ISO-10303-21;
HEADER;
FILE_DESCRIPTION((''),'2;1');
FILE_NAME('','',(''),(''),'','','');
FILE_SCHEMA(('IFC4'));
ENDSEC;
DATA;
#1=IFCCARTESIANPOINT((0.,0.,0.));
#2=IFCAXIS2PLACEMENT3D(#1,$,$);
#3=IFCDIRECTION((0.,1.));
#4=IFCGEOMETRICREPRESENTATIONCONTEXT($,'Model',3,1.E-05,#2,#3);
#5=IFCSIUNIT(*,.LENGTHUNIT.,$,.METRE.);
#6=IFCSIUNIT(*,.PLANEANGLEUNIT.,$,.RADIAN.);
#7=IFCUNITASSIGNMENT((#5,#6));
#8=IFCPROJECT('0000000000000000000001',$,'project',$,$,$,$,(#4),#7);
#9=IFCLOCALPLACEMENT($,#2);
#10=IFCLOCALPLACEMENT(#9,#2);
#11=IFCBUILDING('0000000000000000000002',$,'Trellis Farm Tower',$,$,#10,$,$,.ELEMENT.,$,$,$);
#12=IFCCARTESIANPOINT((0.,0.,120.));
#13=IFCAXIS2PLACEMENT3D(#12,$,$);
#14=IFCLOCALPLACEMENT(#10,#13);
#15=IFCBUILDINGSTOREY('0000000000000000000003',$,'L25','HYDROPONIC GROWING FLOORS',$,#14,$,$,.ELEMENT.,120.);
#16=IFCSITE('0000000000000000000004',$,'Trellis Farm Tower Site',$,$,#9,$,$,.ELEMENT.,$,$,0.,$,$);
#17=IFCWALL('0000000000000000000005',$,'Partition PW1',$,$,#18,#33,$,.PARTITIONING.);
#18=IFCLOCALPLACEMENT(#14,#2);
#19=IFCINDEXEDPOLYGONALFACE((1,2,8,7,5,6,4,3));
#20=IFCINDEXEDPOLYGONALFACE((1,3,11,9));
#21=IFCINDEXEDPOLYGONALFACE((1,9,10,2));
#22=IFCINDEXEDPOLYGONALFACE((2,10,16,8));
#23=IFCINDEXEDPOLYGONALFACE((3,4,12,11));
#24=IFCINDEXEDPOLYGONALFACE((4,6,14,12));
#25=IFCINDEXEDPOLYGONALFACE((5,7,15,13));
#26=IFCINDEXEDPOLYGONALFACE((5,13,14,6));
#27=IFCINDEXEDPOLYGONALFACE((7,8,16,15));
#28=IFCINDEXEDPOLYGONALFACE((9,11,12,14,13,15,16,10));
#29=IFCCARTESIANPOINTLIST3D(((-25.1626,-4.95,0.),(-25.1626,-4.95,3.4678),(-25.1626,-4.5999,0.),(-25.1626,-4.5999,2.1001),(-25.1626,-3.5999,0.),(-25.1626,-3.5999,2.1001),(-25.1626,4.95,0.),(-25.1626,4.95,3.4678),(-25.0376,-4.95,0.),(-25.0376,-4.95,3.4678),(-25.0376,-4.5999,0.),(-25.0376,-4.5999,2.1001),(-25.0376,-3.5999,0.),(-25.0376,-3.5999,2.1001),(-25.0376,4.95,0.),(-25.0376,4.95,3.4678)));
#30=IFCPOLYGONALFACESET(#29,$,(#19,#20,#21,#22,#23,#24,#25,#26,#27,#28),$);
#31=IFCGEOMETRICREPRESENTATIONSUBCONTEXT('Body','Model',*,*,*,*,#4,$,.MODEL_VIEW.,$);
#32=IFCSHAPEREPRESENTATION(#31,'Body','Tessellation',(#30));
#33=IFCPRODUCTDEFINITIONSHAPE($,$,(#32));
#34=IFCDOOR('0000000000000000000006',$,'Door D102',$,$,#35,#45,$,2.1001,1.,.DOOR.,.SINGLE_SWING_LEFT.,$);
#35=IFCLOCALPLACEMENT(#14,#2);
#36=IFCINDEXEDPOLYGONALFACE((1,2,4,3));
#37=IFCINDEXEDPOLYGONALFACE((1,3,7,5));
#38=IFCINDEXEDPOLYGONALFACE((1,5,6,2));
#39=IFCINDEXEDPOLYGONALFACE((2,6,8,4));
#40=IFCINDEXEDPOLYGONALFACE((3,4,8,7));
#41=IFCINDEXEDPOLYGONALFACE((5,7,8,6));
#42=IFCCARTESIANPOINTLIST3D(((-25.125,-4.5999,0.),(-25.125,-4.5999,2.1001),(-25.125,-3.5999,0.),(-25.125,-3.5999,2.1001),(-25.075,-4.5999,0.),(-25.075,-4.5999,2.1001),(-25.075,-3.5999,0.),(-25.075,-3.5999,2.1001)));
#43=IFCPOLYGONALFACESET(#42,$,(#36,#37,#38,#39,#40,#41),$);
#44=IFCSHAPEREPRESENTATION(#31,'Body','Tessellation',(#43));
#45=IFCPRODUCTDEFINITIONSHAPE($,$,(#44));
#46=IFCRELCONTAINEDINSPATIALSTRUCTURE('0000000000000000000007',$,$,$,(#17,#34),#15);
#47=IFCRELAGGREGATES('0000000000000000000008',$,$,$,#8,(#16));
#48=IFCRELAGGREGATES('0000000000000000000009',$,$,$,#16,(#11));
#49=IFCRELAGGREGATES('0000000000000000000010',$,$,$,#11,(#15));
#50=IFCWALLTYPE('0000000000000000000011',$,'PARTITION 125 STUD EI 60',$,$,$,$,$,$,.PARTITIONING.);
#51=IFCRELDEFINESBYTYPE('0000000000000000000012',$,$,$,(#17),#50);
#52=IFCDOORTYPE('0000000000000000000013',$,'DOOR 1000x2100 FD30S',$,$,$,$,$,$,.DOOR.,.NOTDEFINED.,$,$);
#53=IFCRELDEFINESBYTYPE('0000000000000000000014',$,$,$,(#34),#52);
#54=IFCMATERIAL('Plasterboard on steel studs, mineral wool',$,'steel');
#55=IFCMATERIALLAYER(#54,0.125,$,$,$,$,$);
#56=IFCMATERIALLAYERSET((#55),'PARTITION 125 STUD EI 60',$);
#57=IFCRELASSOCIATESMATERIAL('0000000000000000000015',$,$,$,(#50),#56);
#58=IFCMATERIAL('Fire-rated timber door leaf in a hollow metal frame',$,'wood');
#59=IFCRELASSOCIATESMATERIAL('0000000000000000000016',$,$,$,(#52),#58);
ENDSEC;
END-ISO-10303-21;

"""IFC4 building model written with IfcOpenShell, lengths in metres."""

from ifc_helpers import new_model, si_unit, direction, frame, frame_2d, origin, place, context, subcontext, project, spatial, rectangle, extrude, source, transform, mapped, material, layer, layer_set, type_object, element, fill, save


model = new_model("IFC4")

# Units and contexts
model_context = context("Model", 3, precision=1e-05, world=origin(), true_north=direction((0.0, 1.0)))
body_context = subcontext(model_context, "Body", "Model", "MODEL_VIEW")
ifc_project = project(units=[si_unit("LENGTHUNIT", "METRE"), si_unit("PLANEANGLEUNIT", "RADIAN")], contexts=[model_context])

# Site, building, storey
site_placement = place(None, origin())
site = spatial("IfcSite", under=ifc_project, at=site_placement, Name="Trellis Farm Tower Site", CompositionType="ELEMENT", RefElevation=0.0)
building_placement = place(site_placement, origin())
building = spatial("IfcBuilding", under=site, at=building_placement, Name="Trellis Farm Tower", CompositionType="ELEMENT")
storey_placement = place(building_placement, frame((0.0, 0.0, 120.0)))
storey = spatial("IfcBuildingStorey", under=building, at=storey_placement, Name="L25", Description="HYDROPONIC GROWING FLOORS", CompositionType="ELEMENT", Elevation=120.0)

# Wall, opening, door
ifc_material_1 = material(Name="Plasterboard on steel studs, mineral wool", Category="steel")
ifc_layer_1 = layer(ifc_material_1, 0.125)
ifc_layer_set_1 = layer_set([ifc_layer_1], Name="PARTITION 125 STUD EI 60")
wall_type_1 = type_object("IfcWallType", Name="PARTITION 125 STUD EI 60", PredefinedType="PARTITIONING", material=ifc_layer_set_1)
shared_shape_1 = source(origin(), body_context, "Body", "SweptSolid", [
    extrude(rectangle(XDim=9.8999, YDim=0.125, at=frame_2d((4.95, 0.0))), origin(), (0.0, 0.0, 1.0), 3.4678),
])
wall_1_placement = place(storey_placement, frame((-25.1001, -4.95, 0.0), z_axis=(0.0, 0.0, 1.0), x_axis=(0.0, 1.0, 0.0)))
wall_1 = element("IfcWall", 1, at=wall_1_placement, inside=storey, type_object=wall_type_1, Name="Partition PW1", PredefinedType="PARTITIONING", context=body_context, shape_type="MappedRepresentation", body=[
    mapped(shared_shape_1, transform((0.0, 0.0, 0.0))),
])
shared_shape_2 = source(origin(), body_context, "Body", "SweptSolid", [
    extrude(rectangle(XDim=1.0, YDim=2.1001, at=frame_2d((0.5, 1.05))), frame((0.0, 0.0725, 0.0), z_axis=(0.0, -1.0, 0.0), x_axis=(1.0, 0.0, 0.0)), (0.0, 0.0, 1.0), 0.145),
])
opening_1_placement = place(wall_1_placement, frame((0.3501, 0.0, 0.0)))
opening_1 = element("IfcOpeningElement", 2, at=opening_1_placement, cuts=wall_1, PredefinedType="OPENING", context=body_context, shape_type="MappedRepresentation", body=[
    mapped(shared_shape_2, transform((0.0, 0.0, 0.0))),
])
ifc_material_2 = material(Name="Fire-rated timber door leaf in a hollow metal frame", Category="wood")
door_type_1 = type_object("IfcDoorType", Name="DOOR 1000x2100 FD30S", OperationType="NOTDEFINED", PredefinedType="DOOR", material=ifc_material_2)
shared_shape_3 = source(origin(), body_context, "Body", "SweptSolid", [
    extrude(rectangle(XDim=1.0, YDim=2.1001, at=frame_2d((0.5, 1.05))), frame((0.0, 0.0249, 0.0), z_axis=(0.0, -1.0, 0.0), x_axis=(1.0, 0.0, 0.0)), (0.0, 0.0, 1.0), 0.05),
])
door_1_placement = place(opening_1_placement, origin())
door_1 = element("IfcDoor", 3, at=door_1_placement, inside=storey, type_object=door_type_1, Name="Door D102", OperationType="SINGLE_SWING_LEFT", OverallHeight=2.1001, OverallWidth=1.0, PredefinedType="DOOR", context=body_context, shape_type="MappedRepresentation", body=[
    mapped(shared_shape_3, transform((0.0, 0.0, 0.0))),
])
fill(opening_1, door_1)

save(model, "model.ifc")
